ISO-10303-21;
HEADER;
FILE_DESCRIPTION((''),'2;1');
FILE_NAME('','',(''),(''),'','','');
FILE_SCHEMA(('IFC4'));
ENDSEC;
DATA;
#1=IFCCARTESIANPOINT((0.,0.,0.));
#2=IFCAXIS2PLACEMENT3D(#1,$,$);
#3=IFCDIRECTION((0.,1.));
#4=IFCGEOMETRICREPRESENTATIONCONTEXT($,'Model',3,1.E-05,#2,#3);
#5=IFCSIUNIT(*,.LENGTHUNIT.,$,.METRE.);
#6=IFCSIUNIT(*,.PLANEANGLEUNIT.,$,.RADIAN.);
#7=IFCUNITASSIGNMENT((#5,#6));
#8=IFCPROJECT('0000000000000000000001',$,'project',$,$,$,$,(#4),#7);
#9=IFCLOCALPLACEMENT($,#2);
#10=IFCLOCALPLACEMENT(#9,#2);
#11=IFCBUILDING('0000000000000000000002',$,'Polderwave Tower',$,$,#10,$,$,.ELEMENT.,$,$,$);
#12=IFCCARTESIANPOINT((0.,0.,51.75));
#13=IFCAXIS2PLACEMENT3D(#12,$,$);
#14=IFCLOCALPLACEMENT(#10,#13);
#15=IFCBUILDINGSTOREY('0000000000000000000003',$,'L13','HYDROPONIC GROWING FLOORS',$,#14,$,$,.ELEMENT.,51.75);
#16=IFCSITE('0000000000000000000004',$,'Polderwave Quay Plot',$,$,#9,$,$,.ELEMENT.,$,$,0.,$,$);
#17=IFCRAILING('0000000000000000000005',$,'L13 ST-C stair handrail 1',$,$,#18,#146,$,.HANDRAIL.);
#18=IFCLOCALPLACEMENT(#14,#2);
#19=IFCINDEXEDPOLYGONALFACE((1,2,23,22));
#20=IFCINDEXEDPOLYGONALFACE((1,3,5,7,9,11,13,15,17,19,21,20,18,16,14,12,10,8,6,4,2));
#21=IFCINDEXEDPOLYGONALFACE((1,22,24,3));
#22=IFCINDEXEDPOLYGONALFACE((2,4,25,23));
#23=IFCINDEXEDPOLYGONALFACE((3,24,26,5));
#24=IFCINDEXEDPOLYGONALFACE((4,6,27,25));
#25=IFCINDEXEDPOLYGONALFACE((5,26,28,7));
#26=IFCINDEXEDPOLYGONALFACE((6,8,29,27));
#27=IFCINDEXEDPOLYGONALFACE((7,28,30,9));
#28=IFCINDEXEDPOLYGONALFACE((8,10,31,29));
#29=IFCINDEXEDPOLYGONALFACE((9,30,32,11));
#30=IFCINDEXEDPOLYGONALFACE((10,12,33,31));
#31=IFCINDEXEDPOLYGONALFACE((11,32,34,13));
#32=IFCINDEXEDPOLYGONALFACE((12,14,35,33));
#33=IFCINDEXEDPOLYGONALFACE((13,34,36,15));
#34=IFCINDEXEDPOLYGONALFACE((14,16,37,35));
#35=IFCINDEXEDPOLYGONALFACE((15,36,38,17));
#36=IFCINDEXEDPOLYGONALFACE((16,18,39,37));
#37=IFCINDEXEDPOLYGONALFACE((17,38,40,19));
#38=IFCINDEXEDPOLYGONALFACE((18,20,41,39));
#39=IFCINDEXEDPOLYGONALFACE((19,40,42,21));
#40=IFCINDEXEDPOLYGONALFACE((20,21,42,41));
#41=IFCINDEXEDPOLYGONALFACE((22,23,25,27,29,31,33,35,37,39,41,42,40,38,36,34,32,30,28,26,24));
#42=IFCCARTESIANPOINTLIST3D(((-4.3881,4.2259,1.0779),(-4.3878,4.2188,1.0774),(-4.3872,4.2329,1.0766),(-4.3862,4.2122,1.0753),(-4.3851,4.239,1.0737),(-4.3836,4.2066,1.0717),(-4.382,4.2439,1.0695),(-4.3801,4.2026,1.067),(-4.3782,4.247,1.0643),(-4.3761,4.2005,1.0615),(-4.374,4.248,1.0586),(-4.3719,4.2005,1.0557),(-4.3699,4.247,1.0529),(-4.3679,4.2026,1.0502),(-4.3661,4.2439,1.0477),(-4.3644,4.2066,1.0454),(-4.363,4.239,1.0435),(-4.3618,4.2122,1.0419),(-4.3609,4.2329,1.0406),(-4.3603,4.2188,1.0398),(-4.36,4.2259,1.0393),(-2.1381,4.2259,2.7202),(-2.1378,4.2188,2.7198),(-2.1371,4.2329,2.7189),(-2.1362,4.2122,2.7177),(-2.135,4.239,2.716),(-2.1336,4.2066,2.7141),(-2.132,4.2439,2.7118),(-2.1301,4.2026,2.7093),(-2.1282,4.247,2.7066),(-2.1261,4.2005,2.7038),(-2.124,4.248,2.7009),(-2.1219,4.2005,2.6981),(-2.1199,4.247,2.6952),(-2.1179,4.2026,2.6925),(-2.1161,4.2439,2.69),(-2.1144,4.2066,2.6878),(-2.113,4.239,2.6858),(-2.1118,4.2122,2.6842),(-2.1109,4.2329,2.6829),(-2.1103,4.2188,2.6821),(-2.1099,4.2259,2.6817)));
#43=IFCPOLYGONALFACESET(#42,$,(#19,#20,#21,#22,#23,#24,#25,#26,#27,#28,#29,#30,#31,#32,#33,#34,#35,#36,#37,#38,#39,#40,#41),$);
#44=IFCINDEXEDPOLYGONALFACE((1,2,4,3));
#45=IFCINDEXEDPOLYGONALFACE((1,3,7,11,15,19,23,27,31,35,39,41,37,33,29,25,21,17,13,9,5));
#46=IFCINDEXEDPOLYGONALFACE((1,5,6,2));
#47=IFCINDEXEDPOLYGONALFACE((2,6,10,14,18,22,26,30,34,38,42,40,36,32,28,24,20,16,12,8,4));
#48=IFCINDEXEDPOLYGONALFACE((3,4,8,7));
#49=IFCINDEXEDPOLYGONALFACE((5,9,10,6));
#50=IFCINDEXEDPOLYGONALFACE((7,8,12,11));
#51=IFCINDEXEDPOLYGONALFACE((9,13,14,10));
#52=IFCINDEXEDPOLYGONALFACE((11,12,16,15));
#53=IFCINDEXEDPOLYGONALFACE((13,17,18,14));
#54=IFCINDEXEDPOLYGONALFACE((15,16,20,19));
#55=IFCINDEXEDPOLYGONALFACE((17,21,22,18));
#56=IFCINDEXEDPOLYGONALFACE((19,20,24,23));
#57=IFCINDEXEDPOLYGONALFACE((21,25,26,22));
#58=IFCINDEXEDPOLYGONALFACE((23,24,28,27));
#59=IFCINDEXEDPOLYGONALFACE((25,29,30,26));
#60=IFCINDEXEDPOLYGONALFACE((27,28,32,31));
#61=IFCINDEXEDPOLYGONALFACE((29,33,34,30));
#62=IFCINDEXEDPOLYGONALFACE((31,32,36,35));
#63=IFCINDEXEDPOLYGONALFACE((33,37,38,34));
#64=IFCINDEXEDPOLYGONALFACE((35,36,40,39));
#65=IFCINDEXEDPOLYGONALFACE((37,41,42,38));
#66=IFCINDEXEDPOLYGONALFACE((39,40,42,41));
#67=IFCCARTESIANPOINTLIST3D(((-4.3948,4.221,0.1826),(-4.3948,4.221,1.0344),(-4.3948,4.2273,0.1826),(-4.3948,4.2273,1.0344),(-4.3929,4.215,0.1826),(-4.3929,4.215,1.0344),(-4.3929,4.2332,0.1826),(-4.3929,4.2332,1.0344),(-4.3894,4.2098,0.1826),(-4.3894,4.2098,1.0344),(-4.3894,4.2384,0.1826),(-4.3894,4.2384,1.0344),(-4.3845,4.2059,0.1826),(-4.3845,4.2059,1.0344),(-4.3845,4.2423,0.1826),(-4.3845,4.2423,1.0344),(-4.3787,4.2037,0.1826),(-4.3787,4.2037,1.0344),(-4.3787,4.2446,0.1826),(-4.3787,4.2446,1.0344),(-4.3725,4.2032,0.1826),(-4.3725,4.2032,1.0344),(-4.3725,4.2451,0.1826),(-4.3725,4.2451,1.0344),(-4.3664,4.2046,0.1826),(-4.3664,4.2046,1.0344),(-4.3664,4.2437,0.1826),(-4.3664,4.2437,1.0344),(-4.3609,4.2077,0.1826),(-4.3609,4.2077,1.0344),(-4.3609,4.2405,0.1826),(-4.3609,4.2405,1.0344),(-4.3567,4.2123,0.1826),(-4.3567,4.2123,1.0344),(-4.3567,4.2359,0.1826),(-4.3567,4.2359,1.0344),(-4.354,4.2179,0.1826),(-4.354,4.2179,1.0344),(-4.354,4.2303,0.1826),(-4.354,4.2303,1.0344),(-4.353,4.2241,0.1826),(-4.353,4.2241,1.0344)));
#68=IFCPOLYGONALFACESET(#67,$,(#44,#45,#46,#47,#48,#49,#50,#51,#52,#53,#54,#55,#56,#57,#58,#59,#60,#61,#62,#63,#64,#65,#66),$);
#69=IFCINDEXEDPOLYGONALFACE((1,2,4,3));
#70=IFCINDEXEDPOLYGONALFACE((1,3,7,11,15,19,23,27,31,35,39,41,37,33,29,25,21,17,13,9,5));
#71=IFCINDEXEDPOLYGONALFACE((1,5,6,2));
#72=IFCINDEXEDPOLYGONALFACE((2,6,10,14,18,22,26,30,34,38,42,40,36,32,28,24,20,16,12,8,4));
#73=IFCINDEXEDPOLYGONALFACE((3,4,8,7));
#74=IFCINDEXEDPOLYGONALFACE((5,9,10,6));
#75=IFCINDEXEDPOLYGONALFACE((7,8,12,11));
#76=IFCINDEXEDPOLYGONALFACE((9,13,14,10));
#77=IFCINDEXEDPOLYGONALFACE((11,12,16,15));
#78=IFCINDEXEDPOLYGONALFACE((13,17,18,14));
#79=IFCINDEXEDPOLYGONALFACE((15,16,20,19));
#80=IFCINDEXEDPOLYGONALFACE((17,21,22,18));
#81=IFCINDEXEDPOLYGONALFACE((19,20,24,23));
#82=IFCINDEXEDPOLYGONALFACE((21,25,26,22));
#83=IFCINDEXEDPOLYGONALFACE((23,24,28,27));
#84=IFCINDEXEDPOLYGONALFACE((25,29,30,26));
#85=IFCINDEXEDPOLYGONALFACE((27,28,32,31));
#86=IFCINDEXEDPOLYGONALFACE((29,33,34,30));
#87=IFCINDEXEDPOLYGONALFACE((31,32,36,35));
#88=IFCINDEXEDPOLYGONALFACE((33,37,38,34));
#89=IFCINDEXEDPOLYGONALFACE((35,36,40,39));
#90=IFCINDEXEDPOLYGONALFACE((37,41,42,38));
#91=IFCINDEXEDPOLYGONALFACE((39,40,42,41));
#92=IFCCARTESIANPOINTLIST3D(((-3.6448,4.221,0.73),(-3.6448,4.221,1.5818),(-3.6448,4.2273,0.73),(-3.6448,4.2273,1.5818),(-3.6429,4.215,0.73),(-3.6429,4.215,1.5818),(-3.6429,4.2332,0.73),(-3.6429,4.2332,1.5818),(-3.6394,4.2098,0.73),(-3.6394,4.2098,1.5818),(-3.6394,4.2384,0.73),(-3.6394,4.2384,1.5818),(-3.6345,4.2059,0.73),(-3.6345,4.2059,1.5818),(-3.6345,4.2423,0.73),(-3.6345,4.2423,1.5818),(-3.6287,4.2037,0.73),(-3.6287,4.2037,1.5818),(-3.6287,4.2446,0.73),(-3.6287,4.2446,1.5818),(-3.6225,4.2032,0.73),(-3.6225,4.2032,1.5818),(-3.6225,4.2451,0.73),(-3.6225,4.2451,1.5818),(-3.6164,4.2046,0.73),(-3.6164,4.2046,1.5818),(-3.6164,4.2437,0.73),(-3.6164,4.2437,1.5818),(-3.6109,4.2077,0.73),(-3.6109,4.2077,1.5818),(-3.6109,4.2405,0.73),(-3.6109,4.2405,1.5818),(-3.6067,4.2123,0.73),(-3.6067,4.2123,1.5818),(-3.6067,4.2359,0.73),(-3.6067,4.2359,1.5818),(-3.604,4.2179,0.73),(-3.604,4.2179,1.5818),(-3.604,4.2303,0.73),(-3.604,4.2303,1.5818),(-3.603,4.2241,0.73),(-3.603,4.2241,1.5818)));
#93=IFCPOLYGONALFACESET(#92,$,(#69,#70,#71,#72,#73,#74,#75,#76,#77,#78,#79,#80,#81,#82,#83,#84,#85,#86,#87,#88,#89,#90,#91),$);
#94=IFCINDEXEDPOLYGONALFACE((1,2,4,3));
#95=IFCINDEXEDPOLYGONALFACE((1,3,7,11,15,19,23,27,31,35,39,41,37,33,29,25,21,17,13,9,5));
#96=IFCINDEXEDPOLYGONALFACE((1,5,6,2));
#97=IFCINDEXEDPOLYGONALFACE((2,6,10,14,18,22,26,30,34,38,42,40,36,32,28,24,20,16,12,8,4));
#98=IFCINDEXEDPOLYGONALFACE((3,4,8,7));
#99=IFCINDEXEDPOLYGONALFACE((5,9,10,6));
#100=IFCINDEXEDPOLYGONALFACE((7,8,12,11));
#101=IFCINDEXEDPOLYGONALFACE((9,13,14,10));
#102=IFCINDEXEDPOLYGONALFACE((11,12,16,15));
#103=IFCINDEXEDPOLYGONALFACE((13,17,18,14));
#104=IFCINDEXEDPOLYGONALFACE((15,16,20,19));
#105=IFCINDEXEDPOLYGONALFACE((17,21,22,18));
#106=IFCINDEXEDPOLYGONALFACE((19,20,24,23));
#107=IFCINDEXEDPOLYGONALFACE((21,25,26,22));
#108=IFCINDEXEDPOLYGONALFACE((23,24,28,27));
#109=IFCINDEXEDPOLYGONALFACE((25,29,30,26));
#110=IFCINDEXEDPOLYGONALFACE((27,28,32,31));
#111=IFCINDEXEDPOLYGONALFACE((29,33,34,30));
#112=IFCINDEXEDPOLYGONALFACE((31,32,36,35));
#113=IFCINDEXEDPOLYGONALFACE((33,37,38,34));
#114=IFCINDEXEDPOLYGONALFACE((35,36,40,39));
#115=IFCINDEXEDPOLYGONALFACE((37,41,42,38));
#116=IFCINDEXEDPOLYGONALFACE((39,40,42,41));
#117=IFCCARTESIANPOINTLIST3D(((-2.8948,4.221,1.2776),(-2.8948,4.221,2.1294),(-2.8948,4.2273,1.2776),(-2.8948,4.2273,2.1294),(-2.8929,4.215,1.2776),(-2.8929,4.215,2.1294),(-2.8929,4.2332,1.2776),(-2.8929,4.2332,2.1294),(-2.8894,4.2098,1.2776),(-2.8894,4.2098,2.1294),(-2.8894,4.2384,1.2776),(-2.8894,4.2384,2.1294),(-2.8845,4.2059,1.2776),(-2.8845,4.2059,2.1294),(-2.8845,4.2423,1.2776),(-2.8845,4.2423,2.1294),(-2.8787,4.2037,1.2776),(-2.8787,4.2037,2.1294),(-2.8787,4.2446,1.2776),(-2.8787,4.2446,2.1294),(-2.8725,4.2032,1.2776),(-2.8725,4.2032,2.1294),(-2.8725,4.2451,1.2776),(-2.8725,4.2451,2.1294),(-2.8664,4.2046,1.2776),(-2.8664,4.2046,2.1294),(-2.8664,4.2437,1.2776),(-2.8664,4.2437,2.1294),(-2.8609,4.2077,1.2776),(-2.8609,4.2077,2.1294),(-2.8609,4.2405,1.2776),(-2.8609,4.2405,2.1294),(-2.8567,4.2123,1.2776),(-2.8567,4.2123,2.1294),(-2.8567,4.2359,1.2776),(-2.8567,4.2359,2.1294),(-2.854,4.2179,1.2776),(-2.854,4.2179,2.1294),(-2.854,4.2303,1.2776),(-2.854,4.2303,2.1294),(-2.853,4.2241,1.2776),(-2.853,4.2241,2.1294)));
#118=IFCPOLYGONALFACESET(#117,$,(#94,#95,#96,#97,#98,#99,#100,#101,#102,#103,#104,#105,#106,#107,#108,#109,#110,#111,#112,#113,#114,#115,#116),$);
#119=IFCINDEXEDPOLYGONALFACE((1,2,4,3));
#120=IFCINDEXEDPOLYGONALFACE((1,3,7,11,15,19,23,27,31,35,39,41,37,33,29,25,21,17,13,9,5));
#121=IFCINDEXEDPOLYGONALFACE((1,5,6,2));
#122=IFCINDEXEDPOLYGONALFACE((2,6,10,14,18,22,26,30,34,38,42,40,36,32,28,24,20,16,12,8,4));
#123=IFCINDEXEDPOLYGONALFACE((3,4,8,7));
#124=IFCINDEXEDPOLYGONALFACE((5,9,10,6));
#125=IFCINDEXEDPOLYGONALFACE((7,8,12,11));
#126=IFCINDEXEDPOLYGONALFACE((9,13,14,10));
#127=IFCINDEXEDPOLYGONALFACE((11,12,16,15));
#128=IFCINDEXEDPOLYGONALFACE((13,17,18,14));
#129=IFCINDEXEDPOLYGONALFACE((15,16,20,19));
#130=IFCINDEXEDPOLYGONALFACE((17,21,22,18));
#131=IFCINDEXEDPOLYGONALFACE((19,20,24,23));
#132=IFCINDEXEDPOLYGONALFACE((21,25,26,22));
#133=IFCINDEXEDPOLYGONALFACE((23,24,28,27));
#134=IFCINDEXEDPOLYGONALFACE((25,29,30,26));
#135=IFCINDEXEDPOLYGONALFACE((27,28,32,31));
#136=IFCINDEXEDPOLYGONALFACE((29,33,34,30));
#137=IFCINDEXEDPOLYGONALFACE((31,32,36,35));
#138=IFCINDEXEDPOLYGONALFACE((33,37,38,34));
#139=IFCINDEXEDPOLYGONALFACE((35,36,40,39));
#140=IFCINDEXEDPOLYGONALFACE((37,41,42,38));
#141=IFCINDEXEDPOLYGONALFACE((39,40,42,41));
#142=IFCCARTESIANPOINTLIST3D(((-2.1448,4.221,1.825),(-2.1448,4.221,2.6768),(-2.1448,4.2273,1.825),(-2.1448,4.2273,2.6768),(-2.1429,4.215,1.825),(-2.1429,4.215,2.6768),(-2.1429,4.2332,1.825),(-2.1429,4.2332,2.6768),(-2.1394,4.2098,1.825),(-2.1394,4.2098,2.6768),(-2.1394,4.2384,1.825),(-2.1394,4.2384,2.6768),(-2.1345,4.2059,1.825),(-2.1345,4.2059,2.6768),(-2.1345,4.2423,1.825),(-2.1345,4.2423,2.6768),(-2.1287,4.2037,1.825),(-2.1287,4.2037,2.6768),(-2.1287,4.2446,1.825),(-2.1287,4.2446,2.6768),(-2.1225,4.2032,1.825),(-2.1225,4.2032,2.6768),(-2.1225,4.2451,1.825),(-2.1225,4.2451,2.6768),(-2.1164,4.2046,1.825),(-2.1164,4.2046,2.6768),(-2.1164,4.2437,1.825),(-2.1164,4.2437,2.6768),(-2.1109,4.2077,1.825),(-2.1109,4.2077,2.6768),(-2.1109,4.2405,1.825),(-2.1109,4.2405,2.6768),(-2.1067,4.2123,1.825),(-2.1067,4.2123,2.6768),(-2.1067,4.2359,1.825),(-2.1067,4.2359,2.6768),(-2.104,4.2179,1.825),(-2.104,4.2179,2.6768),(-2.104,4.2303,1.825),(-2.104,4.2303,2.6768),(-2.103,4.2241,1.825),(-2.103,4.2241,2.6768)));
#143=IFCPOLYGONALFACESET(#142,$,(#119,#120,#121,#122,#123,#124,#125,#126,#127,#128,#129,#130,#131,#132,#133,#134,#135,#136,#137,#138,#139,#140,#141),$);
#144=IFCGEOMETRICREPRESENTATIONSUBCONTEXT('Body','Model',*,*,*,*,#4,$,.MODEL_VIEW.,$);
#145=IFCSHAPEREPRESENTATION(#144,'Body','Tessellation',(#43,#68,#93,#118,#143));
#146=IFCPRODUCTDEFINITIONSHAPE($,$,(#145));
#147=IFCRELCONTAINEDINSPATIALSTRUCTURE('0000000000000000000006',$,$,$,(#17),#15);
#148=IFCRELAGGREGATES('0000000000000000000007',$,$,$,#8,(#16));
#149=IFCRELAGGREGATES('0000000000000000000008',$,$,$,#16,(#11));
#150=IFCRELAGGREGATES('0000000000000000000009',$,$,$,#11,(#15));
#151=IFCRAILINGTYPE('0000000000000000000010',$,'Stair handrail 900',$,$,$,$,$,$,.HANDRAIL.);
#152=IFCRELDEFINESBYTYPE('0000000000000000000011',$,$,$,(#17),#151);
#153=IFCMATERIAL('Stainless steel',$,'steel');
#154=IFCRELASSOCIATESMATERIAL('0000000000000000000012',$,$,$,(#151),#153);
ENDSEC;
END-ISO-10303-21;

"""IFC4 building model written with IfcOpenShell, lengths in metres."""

from ifc_helpers import new_model, si_unit, direction, frame, origin, origin_2d, place, context, subcontext, project, spatial, circle, extrude, material, type_object, element, save


model = new_model("IFC4")

# Units and contexts
model_context = context("Model", 3, precision=1e-05, world=origin(), true_north=direction((0.0, 1.0)))
body_context = subcontext(model_context, "Body", "Model", "MODEL_VIEW")
ifc_project = project(units=[si_unit("LENGTHUNIT", "METRE"), si_unit("PLANEANGLEUNIT", "RADIAN")], contexts=[model_context])

# Site, building, storey
site_placement = place(None, origin())
site = spatial("IfcSite", under=ifc_project, at=site_placement, Name="Polderwave Quay Plot", CompositionType="ELEMENT", RefElevation=0.0)
building_placement = place(site_placement, origin())
building = spatial("IfcBuilding", under=site, at=building_placement, Name="Polderwave Tower", CompositionType="ELEMENT")
storey_placement = place(building_placement, frame((0.0, 0.0, 51.75)))
storey = spatial("IfcBuildingStorey", under=building, at=storey_placement, Name="L13", Description="HYDROPONIC GROWING FLOORS", CompositionType="ELEMENT", Elevation=51.75)

# Railing
ifc_material_1 = material(Name="Stainless steel", Category="steel")
railing_type_1 = type_object("IfcRailingType", Name="Stair handrail 900", PredefinedType="HANDRAIL", material=ifc_material_1)
railing_1_placement = place(storey_placement, frame((-4.374, 4.2241, 0.1826)))
element("IfcRailing", 1, at=railing_1_placement, inside=storey, type_object=railing_type_1, Name="L13 ST-C stair handrail 1", PredefinedType="HANDRAIL", context=body_context, shape_type="SweptSolid", body=[
    extrude(circle(Radius=0.0239, at=origin_2d()), frame((0.0, 0.0, 0.876), z_axis=(0.807715, 0.0, 0.589573), x_axis=(0.0, 1.0, 0.0)), (0.0, 0.0, 1.0), 2.7856),
    extrude(circle(Radius=0.021, at=origin_2d()), origin(), (0.0, 0.0, 1.0), 0.8518),
    extrude(circle(Radius=0.021, at=origin_2d()), frame((0.75, 0.0, 0.5474)), (0.0, 0.0, 1.0), 0.8518),
    extrude(circle(Radius=0.021, at=origin_2d()), frame((1.5, 0.0, 1.095)), (0.0, 0.0, 1.0), 0.8518),
    extrude(circle(Radius=0.021, at=origin_2d()), frame((2.25, 0.0, 1.6423)), (0.0, 0.0, 1.0), 0.8518),
])

save(model, "model.ifc")
